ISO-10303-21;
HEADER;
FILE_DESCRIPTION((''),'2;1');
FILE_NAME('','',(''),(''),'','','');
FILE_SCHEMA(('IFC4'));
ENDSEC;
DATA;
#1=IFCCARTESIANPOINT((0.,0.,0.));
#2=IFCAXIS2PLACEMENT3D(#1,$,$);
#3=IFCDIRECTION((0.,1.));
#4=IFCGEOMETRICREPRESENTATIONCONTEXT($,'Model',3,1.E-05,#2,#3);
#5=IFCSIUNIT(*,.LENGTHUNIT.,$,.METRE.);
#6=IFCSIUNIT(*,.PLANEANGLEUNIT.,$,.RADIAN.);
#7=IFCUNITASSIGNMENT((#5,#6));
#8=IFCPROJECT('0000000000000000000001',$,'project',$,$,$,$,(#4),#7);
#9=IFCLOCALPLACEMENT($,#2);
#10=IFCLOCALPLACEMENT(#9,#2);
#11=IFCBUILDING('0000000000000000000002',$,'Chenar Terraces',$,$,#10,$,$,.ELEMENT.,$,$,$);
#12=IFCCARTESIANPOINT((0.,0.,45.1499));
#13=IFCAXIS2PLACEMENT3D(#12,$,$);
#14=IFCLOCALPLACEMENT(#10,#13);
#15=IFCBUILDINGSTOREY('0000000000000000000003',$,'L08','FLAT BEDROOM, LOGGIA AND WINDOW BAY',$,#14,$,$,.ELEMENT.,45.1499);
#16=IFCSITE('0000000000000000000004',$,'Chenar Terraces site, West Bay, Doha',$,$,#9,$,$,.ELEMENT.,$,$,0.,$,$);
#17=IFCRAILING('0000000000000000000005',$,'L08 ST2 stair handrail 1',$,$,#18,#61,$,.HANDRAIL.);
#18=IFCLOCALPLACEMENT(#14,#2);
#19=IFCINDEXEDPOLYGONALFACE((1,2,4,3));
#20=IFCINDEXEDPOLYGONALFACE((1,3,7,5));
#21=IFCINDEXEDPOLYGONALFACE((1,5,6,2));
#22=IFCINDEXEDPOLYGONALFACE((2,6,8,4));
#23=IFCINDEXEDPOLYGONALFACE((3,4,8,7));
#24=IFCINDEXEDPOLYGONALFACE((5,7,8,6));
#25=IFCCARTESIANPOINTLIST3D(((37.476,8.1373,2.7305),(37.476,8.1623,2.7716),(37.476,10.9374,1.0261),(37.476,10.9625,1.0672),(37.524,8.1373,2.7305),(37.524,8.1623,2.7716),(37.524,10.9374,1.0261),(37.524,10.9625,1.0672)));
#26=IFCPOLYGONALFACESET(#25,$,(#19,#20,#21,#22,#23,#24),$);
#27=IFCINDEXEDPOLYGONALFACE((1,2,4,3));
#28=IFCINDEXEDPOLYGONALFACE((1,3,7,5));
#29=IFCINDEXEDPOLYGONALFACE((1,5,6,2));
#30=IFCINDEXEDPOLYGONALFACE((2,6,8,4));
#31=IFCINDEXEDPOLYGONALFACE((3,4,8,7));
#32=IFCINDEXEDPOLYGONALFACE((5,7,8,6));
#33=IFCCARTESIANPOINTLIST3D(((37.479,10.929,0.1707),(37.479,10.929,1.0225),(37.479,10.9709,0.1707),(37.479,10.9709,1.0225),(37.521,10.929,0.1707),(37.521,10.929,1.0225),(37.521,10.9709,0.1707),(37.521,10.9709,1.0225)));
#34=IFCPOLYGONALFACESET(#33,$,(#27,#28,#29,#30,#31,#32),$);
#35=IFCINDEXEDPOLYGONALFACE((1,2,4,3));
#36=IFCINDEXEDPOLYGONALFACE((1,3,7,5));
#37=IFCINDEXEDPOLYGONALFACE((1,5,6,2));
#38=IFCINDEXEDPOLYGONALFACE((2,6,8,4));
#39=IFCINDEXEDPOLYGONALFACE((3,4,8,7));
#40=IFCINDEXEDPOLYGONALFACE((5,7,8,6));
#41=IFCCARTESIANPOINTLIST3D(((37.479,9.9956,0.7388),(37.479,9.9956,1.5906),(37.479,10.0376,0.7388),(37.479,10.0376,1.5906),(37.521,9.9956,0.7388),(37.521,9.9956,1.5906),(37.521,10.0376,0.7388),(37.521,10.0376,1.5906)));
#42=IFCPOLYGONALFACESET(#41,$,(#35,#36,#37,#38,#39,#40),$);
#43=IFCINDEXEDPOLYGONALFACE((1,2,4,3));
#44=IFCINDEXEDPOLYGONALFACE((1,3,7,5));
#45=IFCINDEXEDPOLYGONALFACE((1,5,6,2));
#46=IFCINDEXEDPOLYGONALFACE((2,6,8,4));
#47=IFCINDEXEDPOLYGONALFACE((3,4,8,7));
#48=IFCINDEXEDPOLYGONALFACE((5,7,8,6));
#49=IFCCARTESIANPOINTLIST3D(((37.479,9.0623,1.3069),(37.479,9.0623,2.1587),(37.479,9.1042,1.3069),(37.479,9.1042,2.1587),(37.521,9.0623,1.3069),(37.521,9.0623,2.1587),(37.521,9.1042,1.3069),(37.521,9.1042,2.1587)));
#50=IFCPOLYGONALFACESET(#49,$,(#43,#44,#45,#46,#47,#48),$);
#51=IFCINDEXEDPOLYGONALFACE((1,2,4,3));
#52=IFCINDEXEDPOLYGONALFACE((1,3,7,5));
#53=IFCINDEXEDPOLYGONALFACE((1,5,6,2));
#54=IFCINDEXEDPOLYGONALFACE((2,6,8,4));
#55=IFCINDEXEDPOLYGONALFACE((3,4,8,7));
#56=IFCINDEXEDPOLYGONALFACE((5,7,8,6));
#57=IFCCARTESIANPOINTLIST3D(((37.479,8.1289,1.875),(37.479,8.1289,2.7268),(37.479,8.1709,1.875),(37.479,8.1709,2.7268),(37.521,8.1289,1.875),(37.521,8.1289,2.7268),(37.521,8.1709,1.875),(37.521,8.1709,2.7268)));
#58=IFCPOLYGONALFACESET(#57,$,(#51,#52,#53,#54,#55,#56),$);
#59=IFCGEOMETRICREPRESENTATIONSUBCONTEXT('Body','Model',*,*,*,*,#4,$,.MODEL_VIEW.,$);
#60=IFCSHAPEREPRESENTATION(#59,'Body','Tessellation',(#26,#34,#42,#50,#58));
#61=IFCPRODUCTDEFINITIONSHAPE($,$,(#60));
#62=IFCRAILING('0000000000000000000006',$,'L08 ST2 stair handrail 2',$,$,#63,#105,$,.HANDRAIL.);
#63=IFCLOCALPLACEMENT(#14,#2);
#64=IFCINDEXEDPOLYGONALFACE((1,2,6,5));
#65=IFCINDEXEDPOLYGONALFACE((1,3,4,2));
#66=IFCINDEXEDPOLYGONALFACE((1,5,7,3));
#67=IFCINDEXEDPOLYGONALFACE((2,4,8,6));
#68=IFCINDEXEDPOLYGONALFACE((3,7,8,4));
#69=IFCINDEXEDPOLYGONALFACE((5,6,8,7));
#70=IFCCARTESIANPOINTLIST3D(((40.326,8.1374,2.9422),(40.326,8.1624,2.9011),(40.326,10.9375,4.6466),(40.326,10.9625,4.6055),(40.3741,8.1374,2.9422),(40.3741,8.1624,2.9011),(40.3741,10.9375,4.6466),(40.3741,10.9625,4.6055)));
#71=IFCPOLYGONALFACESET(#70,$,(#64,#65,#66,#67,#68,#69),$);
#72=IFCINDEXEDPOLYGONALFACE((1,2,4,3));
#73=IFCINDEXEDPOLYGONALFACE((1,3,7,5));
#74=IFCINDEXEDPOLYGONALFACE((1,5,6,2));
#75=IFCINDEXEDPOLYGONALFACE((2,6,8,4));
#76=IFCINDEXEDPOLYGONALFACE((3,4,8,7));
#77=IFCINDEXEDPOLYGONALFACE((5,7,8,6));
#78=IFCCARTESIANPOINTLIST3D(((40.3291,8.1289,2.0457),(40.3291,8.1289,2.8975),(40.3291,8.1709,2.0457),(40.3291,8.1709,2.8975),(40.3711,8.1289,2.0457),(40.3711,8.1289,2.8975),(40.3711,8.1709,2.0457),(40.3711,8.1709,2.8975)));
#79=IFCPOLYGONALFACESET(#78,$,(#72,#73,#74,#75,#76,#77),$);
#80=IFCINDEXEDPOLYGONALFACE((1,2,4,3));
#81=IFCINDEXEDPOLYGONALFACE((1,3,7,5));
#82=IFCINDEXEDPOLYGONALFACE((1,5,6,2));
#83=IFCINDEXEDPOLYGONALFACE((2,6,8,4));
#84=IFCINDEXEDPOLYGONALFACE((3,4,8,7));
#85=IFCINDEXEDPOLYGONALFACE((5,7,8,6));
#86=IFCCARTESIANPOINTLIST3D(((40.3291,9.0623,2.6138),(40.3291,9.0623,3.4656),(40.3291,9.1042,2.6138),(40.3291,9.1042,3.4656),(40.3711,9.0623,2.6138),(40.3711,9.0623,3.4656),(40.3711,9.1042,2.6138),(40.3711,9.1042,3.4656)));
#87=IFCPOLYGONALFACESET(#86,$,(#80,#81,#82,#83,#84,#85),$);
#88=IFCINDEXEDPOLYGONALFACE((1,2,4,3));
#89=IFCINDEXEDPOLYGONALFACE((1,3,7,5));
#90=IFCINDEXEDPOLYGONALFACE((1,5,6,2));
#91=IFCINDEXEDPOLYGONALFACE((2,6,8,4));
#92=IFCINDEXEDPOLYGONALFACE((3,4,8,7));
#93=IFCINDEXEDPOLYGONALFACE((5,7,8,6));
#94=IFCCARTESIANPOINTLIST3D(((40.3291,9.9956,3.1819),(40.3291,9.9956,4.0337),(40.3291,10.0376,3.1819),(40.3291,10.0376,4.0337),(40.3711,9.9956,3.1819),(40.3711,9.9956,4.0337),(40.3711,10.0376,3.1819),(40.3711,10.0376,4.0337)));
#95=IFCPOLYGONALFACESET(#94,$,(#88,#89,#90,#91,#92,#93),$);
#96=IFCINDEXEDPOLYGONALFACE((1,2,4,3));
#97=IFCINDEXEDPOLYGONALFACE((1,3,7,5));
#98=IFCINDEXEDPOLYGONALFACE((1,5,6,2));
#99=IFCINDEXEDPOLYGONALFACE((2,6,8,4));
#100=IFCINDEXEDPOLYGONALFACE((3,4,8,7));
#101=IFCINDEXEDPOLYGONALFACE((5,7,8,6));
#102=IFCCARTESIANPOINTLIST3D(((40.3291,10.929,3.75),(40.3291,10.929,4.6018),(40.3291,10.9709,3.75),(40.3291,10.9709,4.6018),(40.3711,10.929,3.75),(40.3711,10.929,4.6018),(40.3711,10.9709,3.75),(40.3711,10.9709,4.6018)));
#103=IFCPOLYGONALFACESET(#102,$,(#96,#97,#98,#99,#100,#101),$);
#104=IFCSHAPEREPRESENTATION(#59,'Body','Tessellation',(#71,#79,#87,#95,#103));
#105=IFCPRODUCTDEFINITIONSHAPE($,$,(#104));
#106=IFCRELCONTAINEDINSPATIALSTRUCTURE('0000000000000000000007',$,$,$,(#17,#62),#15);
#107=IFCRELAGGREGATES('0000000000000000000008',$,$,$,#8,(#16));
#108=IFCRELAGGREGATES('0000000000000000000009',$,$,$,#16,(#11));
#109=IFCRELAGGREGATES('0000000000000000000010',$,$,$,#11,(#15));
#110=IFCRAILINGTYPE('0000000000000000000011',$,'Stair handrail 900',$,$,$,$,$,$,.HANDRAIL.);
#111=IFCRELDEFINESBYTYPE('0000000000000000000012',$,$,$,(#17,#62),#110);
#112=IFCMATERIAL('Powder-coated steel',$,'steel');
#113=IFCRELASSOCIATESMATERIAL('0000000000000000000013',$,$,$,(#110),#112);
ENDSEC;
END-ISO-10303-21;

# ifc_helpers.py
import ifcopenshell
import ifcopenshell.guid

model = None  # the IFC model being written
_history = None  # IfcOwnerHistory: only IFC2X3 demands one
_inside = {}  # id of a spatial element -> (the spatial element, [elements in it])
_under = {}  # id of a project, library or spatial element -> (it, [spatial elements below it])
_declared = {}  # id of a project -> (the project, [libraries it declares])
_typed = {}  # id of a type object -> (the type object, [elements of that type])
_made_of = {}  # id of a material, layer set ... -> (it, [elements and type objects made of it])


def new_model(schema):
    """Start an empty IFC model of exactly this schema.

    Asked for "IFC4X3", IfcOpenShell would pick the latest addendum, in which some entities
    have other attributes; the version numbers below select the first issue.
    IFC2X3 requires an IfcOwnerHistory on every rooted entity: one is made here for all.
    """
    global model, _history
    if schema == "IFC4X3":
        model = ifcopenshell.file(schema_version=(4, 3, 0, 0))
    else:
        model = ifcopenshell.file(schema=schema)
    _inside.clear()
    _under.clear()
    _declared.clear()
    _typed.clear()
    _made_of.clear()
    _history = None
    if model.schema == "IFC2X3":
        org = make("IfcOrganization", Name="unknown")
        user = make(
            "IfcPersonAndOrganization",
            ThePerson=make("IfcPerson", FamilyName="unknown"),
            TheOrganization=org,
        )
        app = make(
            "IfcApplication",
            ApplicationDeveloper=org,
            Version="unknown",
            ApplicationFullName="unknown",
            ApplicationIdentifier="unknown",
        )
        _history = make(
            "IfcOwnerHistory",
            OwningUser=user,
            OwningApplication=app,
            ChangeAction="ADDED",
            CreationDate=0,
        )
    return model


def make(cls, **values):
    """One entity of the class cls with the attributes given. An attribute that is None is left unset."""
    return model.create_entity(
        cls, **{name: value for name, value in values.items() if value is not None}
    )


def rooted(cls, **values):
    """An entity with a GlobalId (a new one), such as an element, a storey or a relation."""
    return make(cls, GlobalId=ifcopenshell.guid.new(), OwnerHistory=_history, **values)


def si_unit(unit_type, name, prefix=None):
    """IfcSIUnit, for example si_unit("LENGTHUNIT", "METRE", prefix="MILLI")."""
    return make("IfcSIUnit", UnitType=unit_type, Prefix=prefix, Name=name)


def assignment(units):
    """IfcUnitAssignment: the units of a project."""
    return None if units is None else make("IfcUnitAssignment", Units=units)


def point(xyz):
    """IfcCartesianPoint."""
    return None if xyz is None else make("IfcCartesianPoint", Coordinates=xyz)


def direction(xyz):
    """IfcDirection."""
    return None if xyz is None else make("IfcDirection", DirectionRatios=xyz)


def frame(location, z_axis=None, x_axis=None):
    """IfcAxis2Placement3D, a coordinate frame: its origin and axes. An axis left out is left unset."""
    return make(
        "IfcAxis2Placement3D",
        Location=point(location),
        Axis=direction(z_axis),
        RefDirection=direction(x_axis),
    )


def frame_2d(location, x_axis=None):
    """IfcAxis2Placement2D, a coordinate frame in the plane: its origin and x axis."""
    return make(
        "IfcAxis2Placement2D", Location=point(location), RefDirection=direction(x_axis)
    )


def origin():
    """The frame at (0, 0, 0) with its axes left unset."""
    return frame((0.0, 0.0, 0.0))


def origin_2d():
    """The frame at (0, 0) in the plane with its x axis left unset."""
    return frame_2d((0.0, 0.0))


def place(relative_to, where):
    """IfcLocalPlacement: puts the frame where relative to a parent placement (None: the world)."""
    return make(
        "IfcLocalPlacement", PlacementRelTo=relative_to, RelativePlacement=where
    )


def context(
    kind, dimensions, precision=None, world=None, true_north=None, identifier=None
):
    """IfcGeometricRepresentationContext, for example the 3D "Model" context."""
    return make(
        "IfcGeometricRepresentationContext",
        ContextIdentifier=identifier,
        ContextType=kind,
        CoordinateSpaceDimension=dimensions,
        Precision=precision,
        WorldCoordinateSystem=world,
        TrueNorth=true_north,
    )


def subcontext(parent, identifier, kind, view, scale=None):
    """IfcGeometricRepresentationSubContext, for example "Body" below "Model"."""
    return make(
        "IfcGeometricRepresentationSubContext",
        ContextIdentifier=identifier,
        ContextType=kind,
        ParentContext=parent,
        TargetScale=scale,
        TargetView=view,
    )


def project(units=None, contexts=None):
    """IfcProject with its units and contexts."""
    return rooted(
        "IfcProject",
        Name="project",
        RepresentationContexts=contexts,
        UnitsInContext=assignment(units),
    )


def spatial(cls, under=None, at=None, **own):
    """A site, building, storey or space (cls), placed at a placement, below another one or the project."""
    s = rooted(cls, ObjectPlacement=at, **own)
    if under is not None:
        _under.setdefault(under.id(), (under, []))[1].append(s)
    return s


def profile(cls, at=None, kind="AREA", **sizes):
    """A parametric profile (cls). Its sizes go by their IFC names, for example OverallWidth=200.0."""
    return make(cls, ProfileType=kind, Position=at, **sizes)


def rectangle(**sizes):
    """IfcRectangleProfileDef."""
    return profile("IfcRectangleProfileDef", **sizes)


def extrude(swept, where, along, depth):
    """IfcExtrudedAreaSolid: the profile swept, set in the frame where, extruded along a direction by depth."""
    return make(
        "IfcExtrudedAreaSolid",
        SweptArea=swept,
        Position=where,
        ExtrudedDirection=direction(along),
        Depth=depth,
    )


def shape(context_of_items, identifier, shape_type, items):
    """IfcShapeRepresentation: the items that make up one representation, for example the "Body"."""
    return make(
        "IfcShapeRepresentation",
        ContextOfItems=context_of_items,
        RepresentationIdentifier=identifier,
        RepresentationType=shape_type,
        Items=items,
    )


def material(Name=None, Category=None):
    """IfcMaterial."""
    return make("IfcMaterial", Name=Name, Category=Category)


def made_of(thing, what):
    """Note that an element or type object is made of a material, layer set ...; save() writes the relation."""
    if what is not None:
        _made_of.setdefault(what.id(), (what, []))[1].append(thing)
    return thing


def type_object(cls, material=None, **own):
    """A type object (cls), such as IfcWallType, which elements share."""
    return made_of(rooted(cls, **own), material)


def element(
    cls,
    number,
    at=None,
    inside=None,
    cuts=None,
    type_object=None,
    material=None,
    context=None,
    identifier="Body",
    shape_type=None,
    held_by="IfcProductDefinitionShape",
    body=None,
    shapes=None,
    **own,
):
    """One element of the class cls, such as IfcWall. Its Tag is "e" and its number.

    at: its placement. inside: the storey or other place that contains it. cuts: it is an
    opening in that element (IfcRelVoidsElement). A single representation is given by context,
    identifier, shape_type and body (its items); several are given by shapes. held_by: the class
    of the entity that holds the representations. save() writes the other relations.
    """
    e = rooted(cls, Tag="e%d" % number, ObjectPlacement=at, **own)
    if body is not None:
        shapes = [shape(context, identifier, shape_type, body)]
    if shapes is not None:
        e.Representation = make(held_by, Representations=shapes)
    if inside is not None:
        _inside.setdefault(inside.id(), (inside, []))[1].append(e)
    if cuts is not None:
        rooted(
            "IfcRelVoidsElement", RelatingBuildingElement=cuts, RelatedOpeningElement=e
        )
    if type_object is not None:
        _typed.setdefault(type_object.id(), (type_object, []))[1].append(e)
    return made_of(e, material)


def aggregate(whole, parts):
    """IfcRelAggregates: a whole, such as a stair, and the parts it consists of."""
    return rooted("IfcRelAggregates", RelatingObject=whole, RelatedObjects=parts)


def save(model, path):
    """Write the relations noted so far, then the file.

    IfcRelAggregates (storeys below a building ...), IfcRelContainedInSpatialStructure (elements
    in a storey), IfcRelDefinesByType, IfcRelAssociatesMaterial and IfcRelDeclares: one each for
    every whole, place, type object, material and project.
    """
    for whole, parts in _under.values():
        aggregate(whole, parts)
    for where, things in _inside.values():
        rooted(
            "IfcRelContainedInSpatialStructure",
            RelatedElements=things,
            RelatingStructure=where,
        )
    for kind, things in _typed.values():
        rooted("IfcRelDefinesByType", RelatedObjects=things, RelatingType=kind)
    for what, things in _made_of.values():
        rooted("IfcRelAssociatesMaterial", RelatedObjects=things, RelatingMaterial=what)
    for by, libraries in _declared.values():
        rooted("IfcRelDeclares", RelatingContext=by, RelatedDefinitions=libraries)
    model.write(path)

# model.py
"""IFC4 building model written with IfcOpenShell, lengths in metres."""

from ifc_helpers import new_model, si_unit, direction, frame, origin, origin_2d, place, context, subcontext, project, spatial, rectangle, extrude, material, type_object, element, save


model = new_model("IFC4")

# Units and contexts
model_context = context("Model", 3, precision=1e-05, world=origin(), true_north=direction((0.0, 1.0)))
body_context = subcontext(model_context, "Body", "Model", "MODEL_VIEW")
ifc_project = project(units=[si_unit("LENGTHUNIT", "METRE"), si_unit("PLANEANGLEUNIT", "RADIAN")], contexts=[model_context])

# Site, building, storey
site_placement = place(None, origin())
site = spatial("IfcSite", under=ifc_project, at=site_placement, Name="Chenar Terraces site, West Bay, Doha", CompositionType="ELEMENT", RefElevation=0.0)
building_placement = place(site_placement, origin())
building = spatial("IfcBuilding", under=site, at=building_placement, Name="Chenar Terraces", CompositionType="ELEMENT")
storey_placement = place(building_placement, frame((0.0, 0.0, 45.1499)))
storey = spatial("IfcBuildingStorey", under=building, at=storey_placement, Name="L08", Description="FLAT BEDROOM, LOGGIA AND WINDOW BAY", CompositionType="ELEMENT", Elevation=45.1499)

# Railings
ifc_material_1 = material(Name="Powder-coated steel", Category="steel")
railing_type_1 = type_object("IfcRailingType", Name="Stair handrail 900", PredefinedType="HANDRAIL", material=ifc_material_1)
railing_1_placement = place(storey_placement, frame((37.5, 10.95, 0.1707)))
element("IfcRailing", 1, at=railing_1_placement, inside=storey, type_object=railing_type_1, Name="L08 ST2 stair handrail 1", PredefinedType="HANDRAIL", context=body_context, shape_type="SweptSolid", body=[
    extrude(rectangle(XDim=0.0481, YDim=0.0481, at=origin_2d()), frame((0.0, 0.0, 0.876), z_axis=(0.0, -0.854203, 0.51994), x_axis=(1.0, 0.0, 0.0)), (0.0, 0.0, 1.0), 3.2781),
    extrude(rectangle(XDim=0.042, YDim=0.042, at=origin_2d()), origin(), (0.0, 0.0, 1.0), 0.8518),
    extrude(rectangle(XDim=0.042, YDim=0.042, at=origin_2d()), frame((0.0, -0.9333, 0.5681)), (0.0, 0.0, 1.0), 0.8518),
    extrude(rectangle(XDim=0.042, YDim=0.042, at=origin_2d()), frame((0.0, -1.8667, 1.1362)), (0.0, 0.0, 1.0), 0.8518),
    extrude(rectangle(XDim=0.042, YDim=0.042, at=origin_2d()), frame((0.0, -2.8, 1.7043)), (0.0, 0.0, 1.0), 0.8518),
])
railing_2_placement = place(storey_placement, frame((40.3501, 8.1499, 2.0457)))
element("IfcRailing", 2, at=railing_2_placement, inside=storey, type_object=railing_type_1, Name="L08 ST2 stair handrail 2", PredefinedType="HANDRAIL", context=body_context, shape_type="SweptSolid", body=[
    extrude(rectangle(XDim=0.0481, YDim=0.0481, at=origin_2d()), frame((0.0, 0.0, 0.876), z_axis=(0.0, 0.854203, 0.51994), x_axis=(-1.0, 0.0, 0.0)), (0.0, 0.0, 1.0), 3.2781),
    extrude(rectangle(XDim=0.042, YDim=0.042, at=origin_2d()), origin(), (0.0, 0.0, 1.0), 0.8518),
    extrude(rectangle(XDim=0.042, YDim=0.042, at=origin_2d()), frame((0.0, 0.9333, 0.5681)), (0.0, 0.0, 1.0), 0.8518),
    extrude(rectangle(XDim=0.042, YDim=0.042, at=origin_2d()), frame((0.0, 1.8667, 1.1362)), (0.0, 0.0, 1.0), 0.8518),
    extrude(rectangle(XDim=0.042, YDim=0.042, at=origin_2d()), frame((0.0, 2.8, 1.7043)), (0.0, 0.0, 1.0), 0.8518),
])

save(model, "model.ifc")
